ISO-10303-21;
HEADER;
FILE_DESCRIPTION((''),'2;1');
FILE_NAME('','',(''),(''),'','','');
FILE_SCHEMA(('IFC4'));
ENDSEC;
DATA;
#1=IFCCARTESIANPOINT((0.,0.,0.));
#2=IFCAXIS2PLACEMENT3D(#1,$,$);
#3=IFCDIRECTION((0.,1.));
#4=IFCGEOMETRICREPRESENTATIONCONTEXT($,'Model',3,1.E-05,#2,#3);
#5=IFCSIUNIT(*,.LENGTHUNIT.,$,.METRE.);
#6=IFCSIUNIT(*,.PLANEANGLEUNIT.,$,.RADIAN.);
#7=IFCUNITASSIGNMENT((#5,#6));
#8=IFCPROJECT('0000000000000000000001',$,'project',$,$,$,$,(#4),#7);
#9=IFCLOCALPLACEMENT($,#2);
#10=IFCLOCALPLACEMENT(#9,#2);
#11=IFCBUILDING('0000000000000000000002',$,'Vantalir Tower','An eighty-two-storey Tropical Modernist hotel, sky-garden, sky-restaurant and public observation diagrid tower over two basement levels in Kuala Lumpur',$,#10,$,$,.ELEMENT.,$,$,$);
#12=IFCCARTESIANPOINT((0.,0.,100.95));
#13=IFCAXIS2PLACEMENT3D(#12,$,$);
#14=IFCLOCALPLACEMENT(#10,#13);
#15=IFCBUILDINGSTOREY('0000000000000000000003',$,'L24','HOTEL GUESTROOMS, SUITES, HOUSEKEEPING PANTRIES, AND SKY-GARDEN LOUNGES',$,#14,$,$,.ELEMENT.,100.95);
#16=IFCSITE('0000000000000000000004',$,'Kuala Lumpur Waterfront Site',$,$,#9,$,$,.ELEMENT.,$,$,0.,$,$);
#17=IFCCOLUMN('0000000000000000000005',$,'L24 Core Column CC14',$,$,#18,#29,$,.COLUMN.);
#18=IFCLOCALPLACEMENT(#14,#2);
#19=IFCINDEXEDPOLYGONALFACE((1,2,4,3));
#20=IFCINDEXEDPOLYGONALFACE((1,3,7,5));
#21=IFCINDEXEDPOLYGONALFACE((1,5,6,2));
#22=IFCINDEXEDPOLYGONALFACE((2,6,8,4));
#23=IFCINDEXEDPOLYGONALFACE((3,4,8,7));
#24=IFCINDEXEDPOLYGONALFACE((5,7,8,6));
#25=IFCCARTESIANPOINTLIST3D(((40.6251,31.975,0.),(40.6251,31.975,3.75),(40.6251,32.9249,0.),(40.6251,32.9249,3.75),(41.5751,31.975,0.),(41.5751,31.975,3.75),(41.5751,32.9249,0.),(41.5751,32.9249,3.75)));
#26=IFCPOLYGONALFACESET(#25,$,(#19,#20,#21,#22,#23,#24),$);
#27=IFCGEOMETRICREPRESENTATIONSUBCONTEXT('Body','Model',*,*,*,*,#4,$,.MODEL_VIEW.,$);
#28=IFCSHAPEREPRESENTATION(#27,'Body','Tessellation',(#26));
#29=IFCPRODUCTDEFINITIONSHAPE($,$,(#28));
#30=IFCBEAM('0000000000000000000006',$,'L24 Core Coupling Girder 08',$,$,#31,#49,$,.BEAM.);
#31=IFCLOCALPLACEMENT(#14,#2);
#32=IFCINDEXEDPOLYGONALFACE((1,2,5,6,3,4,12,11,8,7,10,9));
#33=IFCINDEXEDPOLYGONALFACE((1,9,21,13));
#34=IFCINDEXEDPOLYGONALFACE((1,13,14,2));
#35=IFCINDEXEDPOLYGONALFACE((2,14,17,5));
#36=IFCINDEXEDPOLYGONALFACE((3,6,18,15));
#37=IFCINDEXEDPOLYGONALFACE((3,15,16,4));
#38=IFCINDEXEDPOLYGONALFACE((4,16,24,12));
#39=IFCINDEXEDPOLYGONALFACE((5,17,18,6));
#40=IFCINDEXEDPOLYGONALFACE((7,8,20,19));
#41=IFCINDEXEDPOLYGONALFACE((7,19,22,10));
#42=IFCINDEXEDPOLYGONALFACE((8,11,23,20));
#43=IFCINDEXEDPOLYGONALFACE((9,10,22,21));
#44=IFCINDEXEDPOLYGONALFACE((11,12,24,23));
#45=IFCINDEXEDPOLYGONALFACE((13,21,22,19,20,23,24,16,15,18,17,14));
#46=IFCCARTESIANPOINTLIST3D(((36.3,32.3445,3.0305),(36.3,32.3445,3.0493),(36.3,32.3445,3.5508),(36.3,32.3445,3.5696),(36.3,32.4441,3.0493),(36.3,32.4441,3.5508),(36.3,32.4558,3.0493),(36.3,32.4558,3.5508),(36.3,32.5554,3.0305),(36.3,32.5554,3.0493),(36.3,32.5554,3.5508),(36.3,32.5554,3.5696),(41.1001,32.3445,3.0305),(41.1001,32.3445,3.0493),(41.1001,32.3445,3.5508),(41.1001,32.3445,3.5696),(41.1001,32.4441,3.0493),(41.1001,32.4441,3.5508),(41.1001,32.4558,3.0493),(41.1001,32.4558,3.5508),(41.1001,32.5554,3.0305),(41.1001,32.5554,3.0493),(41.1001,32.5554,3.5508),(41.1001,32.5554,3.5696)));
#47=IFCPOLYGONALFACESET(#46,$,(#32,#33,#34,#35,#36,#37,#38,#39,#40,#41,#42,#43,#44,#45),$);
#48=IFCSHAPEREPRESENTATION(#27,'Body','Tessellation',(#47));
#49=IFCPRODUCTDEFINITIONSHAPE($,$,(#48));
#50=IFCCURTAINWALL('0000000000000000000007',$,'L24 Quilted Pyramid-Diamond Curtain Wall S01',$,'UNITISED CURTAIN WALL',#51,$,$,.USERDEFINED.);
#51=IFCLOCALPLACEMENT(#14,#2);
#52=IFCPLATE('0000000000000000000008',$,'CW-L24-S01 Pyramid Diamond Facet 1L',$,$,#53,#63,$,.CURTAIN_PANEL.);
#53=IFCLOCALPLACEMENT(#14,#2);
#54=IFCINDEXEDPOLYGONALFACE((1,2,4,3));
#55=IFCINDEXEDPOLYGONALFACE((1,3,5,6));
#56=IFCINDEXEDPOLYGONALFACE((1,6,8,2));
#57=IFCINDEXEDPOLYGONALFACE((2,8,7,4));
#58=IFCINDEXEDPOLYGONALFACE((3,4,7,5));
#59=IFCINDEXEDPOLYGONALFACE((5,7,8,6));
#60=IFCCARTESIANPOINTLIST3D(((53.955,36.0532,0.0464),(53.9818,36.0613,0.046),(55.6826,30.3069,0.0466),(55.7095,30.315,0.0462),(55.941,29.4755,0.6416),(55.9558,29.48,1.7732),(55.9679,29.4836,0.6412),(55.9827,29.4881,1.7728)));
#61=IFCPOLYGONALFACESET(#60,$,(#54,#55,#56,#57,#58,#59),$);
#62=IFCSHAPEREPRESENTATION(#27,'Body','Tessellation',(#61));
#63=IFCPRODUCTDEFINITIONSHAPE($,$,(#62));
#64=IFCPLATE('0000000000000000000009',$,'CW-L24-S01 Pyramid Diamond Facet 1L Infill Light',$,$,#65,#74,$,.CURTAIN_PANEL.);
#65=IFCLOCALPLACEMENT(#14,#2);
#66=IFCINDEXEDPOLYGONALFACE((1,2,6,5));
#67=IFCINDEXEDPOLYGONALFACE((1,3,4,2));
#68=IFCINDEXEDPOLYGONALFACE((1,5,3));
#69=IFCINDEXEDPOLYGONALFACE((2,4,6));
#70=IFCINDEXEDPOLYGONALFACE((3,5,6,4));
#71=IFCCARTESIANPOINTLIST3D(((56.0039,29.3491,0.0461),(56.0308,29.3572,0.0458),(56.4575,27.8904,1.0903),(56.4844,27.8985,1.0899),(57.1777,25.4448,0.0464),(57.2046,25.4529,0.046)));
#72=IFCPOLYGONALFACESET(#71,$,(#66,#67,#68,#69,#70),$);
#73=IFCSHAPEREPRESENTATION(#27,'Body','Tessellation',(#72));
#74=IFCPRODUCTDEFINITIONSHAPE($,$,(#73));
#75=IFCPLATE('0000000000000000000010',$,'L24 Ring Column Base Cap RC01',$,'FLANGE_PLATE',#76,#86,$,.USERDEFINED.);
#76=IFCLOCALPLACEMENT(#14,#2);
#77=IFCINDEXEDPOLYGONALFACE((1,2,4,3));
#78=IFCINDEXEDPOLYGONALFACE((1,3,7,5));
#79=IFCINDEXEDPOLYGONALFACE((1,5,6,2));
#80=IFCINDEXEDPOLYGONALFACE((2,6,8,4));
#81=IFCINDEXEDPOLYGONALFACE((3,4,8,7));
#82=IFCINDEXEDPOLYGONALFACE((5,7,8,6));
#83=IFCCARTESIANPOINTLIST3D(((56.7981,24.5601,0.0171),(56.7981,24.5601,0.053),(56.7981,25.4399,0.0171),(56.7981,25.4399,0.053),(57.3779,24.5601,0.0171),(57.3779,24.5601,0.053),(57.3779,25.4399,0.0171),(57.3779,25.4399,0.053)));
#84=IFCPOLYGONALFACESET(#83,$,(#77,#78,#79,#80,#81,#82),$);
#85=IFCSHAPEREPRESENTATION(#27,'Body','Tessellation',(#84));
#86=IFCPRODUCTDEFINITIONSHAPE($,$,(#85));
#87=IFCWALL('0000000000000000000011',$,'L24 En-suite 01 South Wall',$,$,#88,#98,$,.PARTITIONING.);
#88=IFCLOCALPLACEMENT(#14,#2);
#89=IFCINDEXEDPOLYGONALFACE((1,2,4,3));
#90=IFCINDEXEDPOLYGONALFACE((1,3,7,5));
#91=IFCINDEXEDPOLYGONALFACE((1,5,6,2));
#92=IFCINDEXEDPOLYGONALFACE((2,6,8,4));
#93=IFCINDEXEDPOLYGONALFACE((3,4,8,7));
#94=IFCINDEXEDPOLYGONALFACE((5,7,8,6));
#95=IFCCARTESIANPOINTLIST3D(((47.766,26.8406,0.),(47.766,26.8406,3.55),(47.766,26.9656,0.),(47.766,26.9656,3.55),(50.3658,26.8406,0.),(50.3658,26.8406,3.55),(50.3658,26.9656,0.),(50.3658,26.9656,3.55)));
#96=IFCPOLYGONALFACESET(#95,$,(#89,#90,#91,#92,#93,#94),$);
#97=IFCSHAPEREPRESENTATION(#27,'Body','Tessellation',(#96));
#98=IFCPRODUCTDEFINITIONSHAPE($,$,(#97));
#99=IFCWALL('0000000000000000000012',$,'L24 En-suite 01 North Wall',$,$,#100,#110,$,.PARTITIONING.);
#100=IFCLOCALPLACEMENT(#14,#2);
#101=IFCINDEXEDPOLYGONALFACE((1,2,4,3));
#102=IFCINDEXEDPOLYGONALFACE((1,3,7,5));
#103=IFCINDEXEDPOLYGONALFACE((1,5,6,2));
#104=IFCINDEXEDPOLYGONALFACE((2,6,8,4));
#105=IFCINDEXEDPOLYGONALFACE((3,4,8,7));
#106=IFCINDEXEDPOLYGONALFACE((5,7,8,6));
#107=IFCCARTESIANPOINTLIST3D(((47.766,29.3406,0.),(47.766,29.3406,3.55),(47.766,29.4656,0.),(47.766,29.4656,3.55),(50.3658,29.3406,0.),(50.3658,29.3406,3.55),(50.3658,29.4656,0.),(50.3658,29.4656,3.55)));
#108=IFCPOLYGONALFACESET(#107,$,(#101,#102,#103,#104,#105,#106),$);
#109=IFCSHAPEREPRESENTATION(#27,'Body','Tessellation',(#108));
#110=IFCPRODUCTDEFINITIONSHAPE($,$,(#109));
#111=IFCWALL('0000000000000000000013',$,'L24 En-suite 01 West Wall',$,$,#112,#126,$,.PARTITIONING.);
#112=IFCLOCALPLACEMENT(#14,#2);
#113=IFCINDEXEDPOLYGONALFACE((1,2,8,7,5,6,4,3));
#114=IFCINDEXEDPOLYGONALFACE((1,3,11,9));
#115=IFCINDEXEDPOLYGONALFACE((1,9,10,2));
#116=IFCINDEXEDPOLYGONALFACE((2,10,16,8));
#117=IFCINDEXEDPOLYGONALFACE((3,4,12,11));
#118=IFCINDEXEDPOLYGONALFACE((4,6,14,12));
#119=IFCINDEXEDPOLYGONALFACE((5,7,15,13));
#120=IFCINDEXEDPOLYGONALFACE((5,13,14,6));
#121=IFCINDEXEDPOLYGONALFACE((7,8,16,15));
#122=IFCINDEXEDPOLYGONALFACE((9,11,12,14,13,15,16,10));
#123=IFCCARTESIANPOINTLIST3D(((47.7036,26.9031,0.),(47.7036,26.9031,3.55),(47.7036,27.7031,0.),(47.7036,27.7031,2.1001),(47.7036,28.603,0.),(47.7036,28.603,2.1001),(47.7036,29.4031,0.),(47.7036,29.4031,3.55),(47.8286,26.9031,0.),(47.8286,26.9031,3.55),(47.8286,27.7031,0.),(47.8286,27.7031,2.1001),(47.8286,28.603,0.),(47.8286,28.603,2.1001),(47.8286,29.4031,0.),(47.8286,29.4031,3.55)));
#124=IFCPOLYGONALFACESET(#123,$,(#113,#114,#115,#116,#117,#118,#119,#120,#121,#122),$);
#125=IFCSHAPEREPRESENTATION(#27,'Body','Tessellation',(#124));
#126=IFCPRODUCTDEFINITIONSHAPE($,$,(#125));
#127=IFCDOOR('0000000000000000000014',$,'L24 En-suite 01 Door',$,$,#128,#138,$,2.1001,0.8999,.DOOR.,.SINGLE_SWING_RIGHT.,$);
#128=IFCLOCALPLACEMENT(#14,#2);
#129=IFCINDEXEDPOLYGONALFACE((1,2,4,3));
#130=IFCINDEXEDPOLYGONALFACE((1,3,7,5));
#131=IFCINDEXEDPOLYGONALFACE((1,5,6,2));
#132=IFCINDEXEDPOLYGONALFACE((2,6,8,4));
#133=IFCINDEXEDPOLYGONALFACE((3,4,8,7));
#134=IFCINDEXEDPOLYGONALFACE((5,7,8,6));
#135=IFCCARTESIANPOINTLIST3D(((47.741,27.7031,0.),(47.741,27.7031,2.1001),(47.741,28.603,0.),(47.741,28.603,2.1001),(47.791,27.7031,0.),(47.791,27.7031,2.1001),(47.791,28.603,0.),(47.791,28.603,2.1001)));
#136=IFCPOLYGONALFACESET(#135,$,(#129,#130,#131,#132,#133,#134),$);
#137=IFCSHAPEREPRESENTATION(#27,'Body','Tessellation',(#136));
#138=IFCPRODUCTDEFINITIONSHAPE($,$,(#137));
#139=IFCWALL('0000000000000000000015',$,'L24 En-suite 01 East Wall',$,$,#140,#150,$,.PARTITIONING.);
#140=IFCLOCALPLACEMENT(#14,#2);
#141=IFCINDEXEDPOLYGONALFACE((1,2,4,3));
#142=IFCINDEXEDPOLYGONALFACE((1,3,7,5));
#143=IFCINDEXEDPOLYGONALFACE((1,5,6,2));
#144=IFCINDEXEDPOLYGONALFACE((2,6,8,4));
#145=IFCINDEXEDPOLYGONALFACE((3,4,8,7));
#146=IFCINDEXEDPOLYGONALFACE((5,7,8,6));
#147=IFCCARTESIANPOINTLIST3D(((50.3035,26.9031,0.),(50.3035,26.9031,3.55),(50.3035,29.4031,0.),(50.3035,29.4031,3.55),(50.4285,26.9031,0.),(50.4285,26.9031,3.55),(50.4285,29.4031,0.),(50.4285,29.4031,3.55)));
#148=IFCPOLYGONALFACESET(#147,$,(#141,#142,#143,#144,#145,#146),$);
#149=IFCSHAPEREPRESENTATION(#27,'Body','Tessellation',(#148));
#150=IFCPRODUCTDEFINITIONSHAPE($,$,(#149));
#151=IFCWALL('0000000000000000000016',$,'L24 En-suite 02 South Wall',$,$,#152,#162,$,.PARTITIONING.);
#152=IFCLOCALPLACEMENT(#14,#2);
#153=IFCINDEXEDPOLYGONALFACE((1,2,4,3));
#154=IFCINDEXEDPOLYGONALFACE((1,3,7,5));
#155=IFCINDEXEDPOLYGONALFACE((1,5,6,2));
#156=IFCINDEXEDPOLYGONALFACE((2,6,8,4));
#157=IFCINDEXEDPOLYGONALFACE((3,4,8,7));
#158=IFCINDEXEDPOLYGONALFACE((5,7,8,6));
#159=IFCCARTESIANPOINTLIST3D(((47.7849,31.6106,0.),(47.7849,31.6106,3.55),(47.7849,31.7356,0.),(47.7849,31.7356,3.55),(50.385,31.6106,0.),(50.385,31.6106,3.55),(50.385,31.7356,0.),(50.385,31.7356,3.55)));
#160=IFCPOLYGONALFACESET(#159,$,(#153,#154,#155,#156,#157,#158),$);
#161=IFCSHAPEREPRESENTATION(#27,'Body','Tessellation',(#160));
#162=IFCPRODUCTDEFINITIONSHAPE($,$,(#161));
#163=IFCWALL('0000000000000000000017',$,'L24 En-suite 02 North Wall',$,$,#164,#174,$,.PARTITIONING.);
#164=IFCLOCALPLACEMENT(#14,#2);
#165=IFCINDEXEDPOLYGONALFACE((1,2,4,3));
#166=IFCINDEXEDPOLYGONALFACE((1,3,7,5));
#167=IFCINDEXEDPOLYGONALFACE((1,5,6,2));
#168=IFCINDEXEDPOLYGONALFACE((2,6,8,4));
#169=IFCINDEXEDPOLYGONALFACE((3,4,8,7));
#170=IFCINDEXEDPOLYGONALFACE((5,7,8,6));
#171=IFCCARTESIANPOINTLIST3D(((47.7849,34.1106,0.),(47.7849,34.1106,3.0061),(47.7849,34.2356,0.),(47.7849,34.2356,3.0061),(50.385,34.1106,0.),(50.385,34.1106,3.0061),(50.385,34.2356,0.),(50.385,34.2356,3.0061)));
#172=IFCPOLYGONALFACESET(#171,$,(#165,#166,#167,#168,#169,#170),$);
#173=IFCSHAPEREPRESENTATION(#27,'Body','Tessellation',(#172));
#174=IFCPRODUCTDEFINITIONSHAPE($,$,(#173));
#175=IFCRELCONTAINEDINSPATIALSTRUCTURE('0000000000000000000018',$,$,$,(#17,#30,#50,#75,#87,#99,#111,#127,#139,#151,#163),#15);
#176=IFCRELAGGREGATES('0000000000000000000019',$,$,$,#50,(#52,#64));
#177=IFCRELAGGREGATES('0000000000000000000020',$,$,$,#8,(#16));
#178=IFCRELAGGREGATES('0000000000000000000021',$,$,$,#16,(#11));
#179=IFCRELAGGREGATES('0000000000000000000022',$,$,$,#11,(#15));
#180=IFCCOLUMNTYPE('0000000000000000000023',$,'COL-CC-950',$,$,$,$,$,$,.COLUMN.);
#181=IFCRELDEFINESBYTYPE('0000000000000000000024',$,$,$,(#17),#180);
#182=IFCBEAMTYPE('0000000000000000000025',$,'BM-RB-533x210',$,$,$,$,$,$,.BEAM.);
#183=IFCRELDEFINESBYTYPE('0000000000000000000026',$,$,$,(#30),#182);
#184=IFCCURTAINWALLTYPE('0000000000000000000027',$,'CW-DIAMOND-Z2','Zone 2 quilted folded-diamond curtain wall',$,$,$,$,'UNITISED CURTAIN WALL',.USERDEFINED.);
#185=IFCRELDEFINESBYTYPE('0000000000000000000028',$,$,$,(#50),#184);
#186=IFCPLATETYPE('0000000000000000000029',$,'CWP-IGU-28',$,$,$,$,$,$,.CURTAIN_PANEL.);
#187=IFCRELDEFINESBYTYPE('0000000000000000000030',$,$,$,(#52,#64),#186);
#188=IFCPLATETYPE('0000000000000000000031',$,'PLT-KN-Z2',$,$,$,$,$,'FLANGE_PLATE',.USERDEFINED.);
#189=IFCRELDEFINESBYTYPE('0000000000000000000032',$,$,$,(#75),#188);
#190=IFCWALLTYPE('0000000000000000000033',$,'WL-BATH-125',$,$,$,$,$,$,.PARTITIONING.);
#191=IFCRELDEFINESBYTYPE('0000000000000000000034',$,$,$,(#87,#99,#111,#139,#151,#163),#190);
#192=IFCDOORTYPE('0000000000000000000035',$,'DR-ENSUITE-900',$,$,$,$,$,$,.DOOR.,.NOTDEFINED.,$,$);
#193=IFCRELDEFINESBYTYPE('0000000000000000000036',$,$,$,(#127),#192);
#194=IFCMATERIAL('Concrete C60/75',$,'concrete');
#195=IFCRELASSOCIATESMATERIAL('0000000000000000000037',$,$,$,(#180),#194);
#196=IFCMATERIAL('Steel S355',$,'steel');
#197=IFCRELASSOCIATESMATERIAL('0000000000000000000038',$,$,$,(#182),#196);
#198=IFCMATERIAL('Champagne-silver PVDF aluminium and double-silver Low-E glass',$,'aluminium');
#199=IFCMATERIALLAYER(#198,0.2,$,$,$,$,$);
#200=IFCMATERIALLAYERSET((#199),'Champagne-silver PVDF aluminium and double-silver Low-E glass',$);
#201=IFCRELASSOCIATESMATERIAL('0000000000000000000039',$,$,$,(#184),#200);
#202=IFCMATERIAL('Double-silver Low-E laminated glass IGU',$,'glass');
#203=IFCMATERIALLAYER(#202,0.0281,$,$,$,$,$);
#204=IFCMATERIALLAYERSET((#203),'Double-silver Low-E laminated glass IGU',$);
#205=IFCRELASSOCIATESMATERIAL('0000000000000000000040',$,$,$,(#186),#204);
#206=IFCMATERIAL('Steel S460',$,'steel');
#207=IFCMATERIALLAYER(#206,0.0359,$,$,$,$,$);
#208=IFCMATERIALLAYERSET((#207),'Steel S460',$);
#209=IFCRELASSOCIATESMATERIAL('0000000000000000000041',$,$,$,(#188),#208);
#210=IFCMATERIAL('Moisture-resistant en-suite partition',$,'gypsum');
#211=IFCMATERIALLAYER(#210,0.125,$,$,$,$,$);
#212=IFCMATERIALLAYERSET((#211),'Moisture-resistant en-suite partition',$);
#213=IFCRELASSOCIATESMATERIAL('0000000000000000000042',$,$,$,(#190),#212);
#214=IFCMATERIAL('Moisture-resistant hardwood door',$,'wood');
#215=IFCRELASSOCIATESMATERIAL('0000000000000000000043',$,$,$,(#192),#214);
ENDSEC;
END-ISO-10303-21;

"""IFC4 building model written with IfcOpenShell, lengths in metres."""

from ifc_helpers import new_model, si_unit, direction, frame, frame_2d, origin, origin_2d, place, context, subcontext, project, spatial, polyline, rectangle, i_section, outline, extrude, material, layer, layer_set, material_profile, profile_set, type_object, element, fill, aggregate, save


model = new_model("IFC4")

# Units and contexts
model_context = context("Model", 3, precision=1e-05, world=origin(), true_north=direction((0.0, 1.0)))
body_context = subcontext(model_context, "Body", "Model", "MODEL_VIEW")
ifc_project = project(units=[si_unit("LENGTHUNIT", "METRE"), si_unit("PLANEANGLEUNIT", "RADIAN")], contexts=[model_context])

# Site, building, storey
site_placement = place(None, origin())
site = spatial("IfcSite", under=ifc_project, at=site_placement, Name="Kuala Lumpur Waterfront Site", CompositionType="ELEMENT", RefElevation=0.0)
building_placement = place(site_placement, origin())
building = spatial("IfcBuilding", under=site, at=building_placement, Name="Vantalir Tower", Description="An eighty-two-storey Tropical Modernist hotel, sky-garden, sky-restaurant and public observation diagrid tower over two basement levels in Kuala Lumpur", CompositionType="ELEMENT")
storey_placement = place(building_placement, frame((0.0, 0.0, 100.95)))
storey = spatial("IfcBuildingStorey", under=building, at=storey_placement, Name="L24", Description="HOTEL GUESTROOMS, SUITES, HOUSEKEEPING PANTRIES, AND SKY-GARDEN LOUNGES", CompositionType="ELEMENT", Elevation=100.95)

# Column
ifc_material_1 = material(Name="Concrete C60/75", Category="concrete")
ifc_material_profile_1 = material_profile(ifc_material_1, rectangle(XDim=0.95, YDim=0.95, at=origin_2d()), Name="Concrete C60/75")
ifc_profile_set_1 = profile_set([ifc_material_profile_1], Name="Concrete C60/75")
column_type = type_object("IfcColumnType", Name="COL-CC-950", PredefinedType="COLUMN", material=ifc_profile_set_1)
column_placement = place(storey_placement, frame((41.1001, 32.45, 0.0), z_axis=(0.0, 0.0, 1.0), x_axis=(1.0, 0.0, 0.0)))
element("IfcColumn", 1, at=column_placement, inside=storey, type_object=column_type, Name="L24 Core Column CC14", PredefinedType="COLUMN", context=body_context, shape_type="SweptSolid", body=[
    extrude(rectangle(XDim=0.95, YDim=0.95, at=origin_2d()), origin(), (0.0, 0.0, 1.0), 3.75),
])

# Beam
ifc_material_2 = material(Name="Steel S355", Category="steel")
ifc_material_profile_2 = material_profile(ifc_material_2, i_section(OverallWidth=0.2109, OverallDepth=0.5391, WebThickness=0.0117, FlangeThickness=0.0188, at=origin_2d()), Name="Steel S355")
ifc_profile_set_2 = profile_set([ifc_material_profile_2], Name="Steel S355")
beam_type = type_object("IfcBeamType", Name="BM-RB-533x210", PredefinedType="BEAM", material=ifc_profile_set_2)
beam_placement = place(storey_placement, frame((41.1001, 32.45, 3.3), z_axis=(-1.0, 0.0, 0.0), x_axis=(0.0, -1.0, 0.0)))
element("IfcBeam", 2, at=beam_placement, inside=storey, type_object=beam_type, Name="L24 Core Coupling Girder 08", PredefinedType="BEAM", context=body_context, shape_type="SweptSolid", body=[
    extrude(i_section(OverallWidth=0.2109, OverallDepth=0.5391, WebThickness=0.0117, FlangeThickness=0.0188, at=origin_2d()), origin(), (0.0, 0.0, 1.0), 4.8),
])

# Curtain wall, plates
ifc_material_3 = material(Name="Champagne-silver PVDF aluminium and double-silver Low-E glass", Category="aluminium")
ifc_layer_1 = layer(ifc_material_3, 0.2)
ifc_layer_set_1 = layer_set([ifc_layer_1], Name="Champagne-silver PVDF aluminium and double-silver Low-E glass")
curtain_wall_type = type_object("IfcCurtainWallType", Name="CW-DIAMOND-Z2", Description="Zone 2 quilted folded-diamond curtain wall", ElementType="UNITISED CURTAIN WALL", PredefinedType="USERDEFINED", material=ifc_layer_set_1)
curtain_wall_placement = place(storey_placement, origin())
curtain_wall = element("IfcCurtainWall", 3, at=curtain_wall_placement, inside=storey, type_object=curtain_wall_type, Name="L24 Quilted Pyramid-Diamond Curtain Wall S01", ObjectType="UNITISED CURTAIN WALL", PredefinedType="USERDEFINED")
ifc_material_4 = material(Name="Double-silver Low-E laminated glass IGU", Category="glass")
ifc_layer_2 = layer(ifc_material_4, 0.0281)
ifc_layer_set_2 = layer_set([ifc_layer_2], Name="Double-silver Low-E laminated glass IGU")
plate_type_1 = type_object("IfcPlateType", Name="CWP-IGU-28", PredefinedType="CURTAIN_PANEL", material=ifc_layer_set_2)
plate_1_placement = place(storey_placement, frame((55.6826, 30.3069, 0.0466), z_axis=(-0.957564, -0.287898, 0.013632), x_axis=(-0.287925, 0.957653, -0.00004)))
plate_1 = element("IfcPlate", 4, at=plate_1_placement, type_object=plate_type_1, Name="CW-L24-S01 Pyramid Diamond Facet 1L", PredefinedType="CURTAIN_PANEL", context=body_context, shape_type="SweptSolid", body=[
    extrude(outline(polyline([(0.0, 0.0), (6.0004, 0.0), (-0.8706, -1.7267), (-0.8706, -0.595), (0.0, 0.0)])), origin(), (0.0, 0.0, -1.0), 0.0281),
])
plate_2_placement = place(storey_placement, frame((57.1777, 25.4448, 0.0464), z_axis=(-0.957564, -0.287891, 0.013796), x_axis=(-0.287919, 0.957655, -0.00006)))
plate_2 = element("IfcPlate", 5, at=plate_2_placement, type_object=plate_type_1, Name="CW-L24-S01 Pyramid Diamond Facet 1L Infill Light", PredefinedType="CURTAIN_PANEL", context=body_context, shape_type="SweptSolid", body=[
    extrude(outline(polyline([(0.0, 0.0), (4.0769, 0.0), (2.5493, -1.0442), (0.0, 0.0)])), origin(), (0.0, 0.0, -1.0), 0.0281),
])
aggregate(curtain_wall, [plate_1, plate_2])

# Plate
ifc_material_5 = material(Name="Steel S460", Category="steel")
ifc_layer_3 = layer(ifc_material_5, 0.0359)
ifc_layer_set_3 = layer_set([ifc_layer_3], Name="Steel S460")
plate_type_2 = type_object("IfcPlateType", Name="PLT-KN-Z2", ElementType="FLANGE_PLATE", PredefinedType="USERDEFINED", material=ifc_layer_set_3)
plate_3_placement = place(storey_placement, frame((56.7981, 25.4399, 0.053), z_axis=(0.0, 0.0, 1.0), x_axis=(0.0, -1.0, 0.0)))
element("IfcPlate", 6, at=plate_3_placement, inside=storey, type_object=plate_type_2, Name="L24 Ring Column Base Cap RC01", ObjectType="FLANGE_PLATE", PredefinedType="USERDEFINED", context=body_context, shape_type="SweptSolid", body=[
    extrude(outline(polyline([(0.0, 0.0), (0.8799, 0.0), (0.8799, 0.5798), (0.0, 0.5798), (0.0, 0.0)])), origin(), (0.0, 0.0, -1.0), 0.0359),
])

# Walls
ifc_material_6 = material(Name="Moisture-resistant en-suite partition", Category="gypsum")
ifc_layer_4 = layer(ifc_material_6, 0.125)
ifc_layer_set_4 = layer_set([ifc_layer_4], Name="Moisture-resistant en-suite partition")
wall_type_1 = type_object("IfcWallType", Name="WL-BATH-125", PredefinedType="PARTITIONING", material=ifc_layer_set_4)
for number, where, z_axis, x_axis, name in (
    (7, (47.7661, 26.9031, 0.0), (0.0, 0.0, 1.0), (1.0, 0.0, 0.0), "L24 En-suite 01 South Wall"),
    (8, (47.7661, 29.4031, 0.0), (0.0, 0.0, 1.0), (1.0, 0.0, 0.0), "L24 En-suite 01 North Wall"),
):
    element("IfcWall", number, at=place(storey_placement, frame(where, z_axis=z_axis, x_axis=x_axis)), inside=storey, type_object=wall_type_1, Name=name, PredefinedType="PARTITIONING", context=body_context, shape_type="SweptSolid", body=[
        extrude(rectangle(XDim=2.5999, YDim=0.125, at=frame_2d((1.2998, 0.0))), origin(), (0.0, 0.0, 1.0), 3.55),
    ])

# Wall, opening, door
wall_1_placement = place(storey_placement, frame((47.7661, 26.9031, 0.0), z_axis=(0.0, 0.0, 1.0), x_axis=(0.0, 1.0, 0.0)))
wall_1 = element("IfcWall", 9, at=wall_1_placement, inside=storey, type_object=wall_type_1, Name="L24 En-suite 01 West Wall", PredefinedType="PARTITIONING", context=body_context, shape_type="SweptSolid", body=[
    extrude(rectangle(XDim=2.5, YDim=0.125, at=frame_2d((1.25, 0.0))), origin(), (0.0, 0.0, 1.0), 3.55),
])
opening_1_placement = place(wall_1_placement, frame((0.8, 0.0, 0.0)))
opening_1 = element("IfcOpeningElement", 10, at=opening_1_placement, cuts=wall_1, PredefinedType="OPENING", context=body_context, shape_type="SweptSolid", body=[
    extrude(rectangle(XDim=0.8999, YDim=2.1001, at=frame_2d((0.45, 1.05))), frame((0.0, 0.0725, 0.0), z_axis=(0.0, -1.0, 0.0), x_axis=(1.0, 0.0, 0.0)), (0.0, 0.0, 1.0), 0.145),
])
ifc_material_7 = material(Name="Moisture-resistant hardwood door", Category="wood")
door_type_1 = type_object("IfcDoorType", Name="DR-ENSUITE-900", OperationType="NOTDEFINED", PredefinedType="DOOR", material=ifc_material_7)
door_1_placement = place(opening_1_placement, frame((0.8999, 0.0, 0.0), z_axis=(0.0, 0.0, 1.0), x_axis=(-1.0, 0.0, 0.0)))
door_1 = element("IfcDoor", 11, at=door_1_placement, inside=storey, type_object=door_type_1, Name="L24 En-suite 01 Door", OperationType="SINGLE_SWING_RIGHT", OverallHeight=2.1001, OverallWidth=0.8999, PredefinedType="DOOR", context=body_context, shape_type="SweptSolid", body=[
    extrude(rectangle(XDim=0.8999, YDim=2.1001, at=frame_2d((0.45, 1.05))), frame((0.0, 0.0249, 0.0), z_axis=(0.0, -1.0, 0.0), x_axis=(1.0, 0.0, 0.0)), (0.0, 0.0, 1.0), 0.05),
])
fill(opening_1, door_1)

# Walls
wall_2_placement = place(storey_placement, frame((50.366, 26.9031, 0.0), z_axis=(0.0, 0.0, 1.0), x_axis=(0.0, 1.0, 0.0)))
element("IfcWall", 12, at=wall_2_placement, inside=storey, type_object=wall_type_1, Name="L24 En-suite 01 East Wall", PredefinedType="PARTITIONING", context=body_context, shape_type="SweptSolid", body=[
    extrude(rectangle(XDim=2.5, YDim=0.125, at=frame_2d((1.25, 0.0))), origin(), (0.0, 0.0, 1.0), 3.55),
])
wall_3_placement = place(storey_placement, frame((47.7849, 31.6731, 0.0), z_axis=(0.0, 0.0, 1.0), x_axis=(1.0, 0.0, 0.0)))
element("IfcWall", 13, at=wall_3_placement, inside=storey, type_object=wall_type_1, Name="L24 En-suite 02 South Wall", PredefinedType="PARTITIONING", context=body_context, shape_type="SweptSolid", body=[
    extrude(rectangle(XDim=2.6001, YDim=0.125, at=frame_2d((1.3, 0.0))), origin(), (0.0, 0.0, 1.0), 3.55),
])
wall_4_placement = place(storey_placement, frame((47.7849, 34.1731, 0.0), z_axis=(0.0, 0.0, 1.0), x_axis=(1.0, 0.0, 0.0)))
element("IfcWall", 14, at=wall_4_placement, inside=storey, type_object=wall_type_1, Name="L24 En-suite 02 North Wall", PredefinedType="PARTITIONING", context=body_context, shape_type="SweptSolid", body=[
    extrude(rectangle(XDim=2.6001, YDim=0.125, at=frame_2d((1.3, 0.0))), origin(), (0.0, 0.0, 1.0), 3.0061),
])

save(model, "model.ifc")
